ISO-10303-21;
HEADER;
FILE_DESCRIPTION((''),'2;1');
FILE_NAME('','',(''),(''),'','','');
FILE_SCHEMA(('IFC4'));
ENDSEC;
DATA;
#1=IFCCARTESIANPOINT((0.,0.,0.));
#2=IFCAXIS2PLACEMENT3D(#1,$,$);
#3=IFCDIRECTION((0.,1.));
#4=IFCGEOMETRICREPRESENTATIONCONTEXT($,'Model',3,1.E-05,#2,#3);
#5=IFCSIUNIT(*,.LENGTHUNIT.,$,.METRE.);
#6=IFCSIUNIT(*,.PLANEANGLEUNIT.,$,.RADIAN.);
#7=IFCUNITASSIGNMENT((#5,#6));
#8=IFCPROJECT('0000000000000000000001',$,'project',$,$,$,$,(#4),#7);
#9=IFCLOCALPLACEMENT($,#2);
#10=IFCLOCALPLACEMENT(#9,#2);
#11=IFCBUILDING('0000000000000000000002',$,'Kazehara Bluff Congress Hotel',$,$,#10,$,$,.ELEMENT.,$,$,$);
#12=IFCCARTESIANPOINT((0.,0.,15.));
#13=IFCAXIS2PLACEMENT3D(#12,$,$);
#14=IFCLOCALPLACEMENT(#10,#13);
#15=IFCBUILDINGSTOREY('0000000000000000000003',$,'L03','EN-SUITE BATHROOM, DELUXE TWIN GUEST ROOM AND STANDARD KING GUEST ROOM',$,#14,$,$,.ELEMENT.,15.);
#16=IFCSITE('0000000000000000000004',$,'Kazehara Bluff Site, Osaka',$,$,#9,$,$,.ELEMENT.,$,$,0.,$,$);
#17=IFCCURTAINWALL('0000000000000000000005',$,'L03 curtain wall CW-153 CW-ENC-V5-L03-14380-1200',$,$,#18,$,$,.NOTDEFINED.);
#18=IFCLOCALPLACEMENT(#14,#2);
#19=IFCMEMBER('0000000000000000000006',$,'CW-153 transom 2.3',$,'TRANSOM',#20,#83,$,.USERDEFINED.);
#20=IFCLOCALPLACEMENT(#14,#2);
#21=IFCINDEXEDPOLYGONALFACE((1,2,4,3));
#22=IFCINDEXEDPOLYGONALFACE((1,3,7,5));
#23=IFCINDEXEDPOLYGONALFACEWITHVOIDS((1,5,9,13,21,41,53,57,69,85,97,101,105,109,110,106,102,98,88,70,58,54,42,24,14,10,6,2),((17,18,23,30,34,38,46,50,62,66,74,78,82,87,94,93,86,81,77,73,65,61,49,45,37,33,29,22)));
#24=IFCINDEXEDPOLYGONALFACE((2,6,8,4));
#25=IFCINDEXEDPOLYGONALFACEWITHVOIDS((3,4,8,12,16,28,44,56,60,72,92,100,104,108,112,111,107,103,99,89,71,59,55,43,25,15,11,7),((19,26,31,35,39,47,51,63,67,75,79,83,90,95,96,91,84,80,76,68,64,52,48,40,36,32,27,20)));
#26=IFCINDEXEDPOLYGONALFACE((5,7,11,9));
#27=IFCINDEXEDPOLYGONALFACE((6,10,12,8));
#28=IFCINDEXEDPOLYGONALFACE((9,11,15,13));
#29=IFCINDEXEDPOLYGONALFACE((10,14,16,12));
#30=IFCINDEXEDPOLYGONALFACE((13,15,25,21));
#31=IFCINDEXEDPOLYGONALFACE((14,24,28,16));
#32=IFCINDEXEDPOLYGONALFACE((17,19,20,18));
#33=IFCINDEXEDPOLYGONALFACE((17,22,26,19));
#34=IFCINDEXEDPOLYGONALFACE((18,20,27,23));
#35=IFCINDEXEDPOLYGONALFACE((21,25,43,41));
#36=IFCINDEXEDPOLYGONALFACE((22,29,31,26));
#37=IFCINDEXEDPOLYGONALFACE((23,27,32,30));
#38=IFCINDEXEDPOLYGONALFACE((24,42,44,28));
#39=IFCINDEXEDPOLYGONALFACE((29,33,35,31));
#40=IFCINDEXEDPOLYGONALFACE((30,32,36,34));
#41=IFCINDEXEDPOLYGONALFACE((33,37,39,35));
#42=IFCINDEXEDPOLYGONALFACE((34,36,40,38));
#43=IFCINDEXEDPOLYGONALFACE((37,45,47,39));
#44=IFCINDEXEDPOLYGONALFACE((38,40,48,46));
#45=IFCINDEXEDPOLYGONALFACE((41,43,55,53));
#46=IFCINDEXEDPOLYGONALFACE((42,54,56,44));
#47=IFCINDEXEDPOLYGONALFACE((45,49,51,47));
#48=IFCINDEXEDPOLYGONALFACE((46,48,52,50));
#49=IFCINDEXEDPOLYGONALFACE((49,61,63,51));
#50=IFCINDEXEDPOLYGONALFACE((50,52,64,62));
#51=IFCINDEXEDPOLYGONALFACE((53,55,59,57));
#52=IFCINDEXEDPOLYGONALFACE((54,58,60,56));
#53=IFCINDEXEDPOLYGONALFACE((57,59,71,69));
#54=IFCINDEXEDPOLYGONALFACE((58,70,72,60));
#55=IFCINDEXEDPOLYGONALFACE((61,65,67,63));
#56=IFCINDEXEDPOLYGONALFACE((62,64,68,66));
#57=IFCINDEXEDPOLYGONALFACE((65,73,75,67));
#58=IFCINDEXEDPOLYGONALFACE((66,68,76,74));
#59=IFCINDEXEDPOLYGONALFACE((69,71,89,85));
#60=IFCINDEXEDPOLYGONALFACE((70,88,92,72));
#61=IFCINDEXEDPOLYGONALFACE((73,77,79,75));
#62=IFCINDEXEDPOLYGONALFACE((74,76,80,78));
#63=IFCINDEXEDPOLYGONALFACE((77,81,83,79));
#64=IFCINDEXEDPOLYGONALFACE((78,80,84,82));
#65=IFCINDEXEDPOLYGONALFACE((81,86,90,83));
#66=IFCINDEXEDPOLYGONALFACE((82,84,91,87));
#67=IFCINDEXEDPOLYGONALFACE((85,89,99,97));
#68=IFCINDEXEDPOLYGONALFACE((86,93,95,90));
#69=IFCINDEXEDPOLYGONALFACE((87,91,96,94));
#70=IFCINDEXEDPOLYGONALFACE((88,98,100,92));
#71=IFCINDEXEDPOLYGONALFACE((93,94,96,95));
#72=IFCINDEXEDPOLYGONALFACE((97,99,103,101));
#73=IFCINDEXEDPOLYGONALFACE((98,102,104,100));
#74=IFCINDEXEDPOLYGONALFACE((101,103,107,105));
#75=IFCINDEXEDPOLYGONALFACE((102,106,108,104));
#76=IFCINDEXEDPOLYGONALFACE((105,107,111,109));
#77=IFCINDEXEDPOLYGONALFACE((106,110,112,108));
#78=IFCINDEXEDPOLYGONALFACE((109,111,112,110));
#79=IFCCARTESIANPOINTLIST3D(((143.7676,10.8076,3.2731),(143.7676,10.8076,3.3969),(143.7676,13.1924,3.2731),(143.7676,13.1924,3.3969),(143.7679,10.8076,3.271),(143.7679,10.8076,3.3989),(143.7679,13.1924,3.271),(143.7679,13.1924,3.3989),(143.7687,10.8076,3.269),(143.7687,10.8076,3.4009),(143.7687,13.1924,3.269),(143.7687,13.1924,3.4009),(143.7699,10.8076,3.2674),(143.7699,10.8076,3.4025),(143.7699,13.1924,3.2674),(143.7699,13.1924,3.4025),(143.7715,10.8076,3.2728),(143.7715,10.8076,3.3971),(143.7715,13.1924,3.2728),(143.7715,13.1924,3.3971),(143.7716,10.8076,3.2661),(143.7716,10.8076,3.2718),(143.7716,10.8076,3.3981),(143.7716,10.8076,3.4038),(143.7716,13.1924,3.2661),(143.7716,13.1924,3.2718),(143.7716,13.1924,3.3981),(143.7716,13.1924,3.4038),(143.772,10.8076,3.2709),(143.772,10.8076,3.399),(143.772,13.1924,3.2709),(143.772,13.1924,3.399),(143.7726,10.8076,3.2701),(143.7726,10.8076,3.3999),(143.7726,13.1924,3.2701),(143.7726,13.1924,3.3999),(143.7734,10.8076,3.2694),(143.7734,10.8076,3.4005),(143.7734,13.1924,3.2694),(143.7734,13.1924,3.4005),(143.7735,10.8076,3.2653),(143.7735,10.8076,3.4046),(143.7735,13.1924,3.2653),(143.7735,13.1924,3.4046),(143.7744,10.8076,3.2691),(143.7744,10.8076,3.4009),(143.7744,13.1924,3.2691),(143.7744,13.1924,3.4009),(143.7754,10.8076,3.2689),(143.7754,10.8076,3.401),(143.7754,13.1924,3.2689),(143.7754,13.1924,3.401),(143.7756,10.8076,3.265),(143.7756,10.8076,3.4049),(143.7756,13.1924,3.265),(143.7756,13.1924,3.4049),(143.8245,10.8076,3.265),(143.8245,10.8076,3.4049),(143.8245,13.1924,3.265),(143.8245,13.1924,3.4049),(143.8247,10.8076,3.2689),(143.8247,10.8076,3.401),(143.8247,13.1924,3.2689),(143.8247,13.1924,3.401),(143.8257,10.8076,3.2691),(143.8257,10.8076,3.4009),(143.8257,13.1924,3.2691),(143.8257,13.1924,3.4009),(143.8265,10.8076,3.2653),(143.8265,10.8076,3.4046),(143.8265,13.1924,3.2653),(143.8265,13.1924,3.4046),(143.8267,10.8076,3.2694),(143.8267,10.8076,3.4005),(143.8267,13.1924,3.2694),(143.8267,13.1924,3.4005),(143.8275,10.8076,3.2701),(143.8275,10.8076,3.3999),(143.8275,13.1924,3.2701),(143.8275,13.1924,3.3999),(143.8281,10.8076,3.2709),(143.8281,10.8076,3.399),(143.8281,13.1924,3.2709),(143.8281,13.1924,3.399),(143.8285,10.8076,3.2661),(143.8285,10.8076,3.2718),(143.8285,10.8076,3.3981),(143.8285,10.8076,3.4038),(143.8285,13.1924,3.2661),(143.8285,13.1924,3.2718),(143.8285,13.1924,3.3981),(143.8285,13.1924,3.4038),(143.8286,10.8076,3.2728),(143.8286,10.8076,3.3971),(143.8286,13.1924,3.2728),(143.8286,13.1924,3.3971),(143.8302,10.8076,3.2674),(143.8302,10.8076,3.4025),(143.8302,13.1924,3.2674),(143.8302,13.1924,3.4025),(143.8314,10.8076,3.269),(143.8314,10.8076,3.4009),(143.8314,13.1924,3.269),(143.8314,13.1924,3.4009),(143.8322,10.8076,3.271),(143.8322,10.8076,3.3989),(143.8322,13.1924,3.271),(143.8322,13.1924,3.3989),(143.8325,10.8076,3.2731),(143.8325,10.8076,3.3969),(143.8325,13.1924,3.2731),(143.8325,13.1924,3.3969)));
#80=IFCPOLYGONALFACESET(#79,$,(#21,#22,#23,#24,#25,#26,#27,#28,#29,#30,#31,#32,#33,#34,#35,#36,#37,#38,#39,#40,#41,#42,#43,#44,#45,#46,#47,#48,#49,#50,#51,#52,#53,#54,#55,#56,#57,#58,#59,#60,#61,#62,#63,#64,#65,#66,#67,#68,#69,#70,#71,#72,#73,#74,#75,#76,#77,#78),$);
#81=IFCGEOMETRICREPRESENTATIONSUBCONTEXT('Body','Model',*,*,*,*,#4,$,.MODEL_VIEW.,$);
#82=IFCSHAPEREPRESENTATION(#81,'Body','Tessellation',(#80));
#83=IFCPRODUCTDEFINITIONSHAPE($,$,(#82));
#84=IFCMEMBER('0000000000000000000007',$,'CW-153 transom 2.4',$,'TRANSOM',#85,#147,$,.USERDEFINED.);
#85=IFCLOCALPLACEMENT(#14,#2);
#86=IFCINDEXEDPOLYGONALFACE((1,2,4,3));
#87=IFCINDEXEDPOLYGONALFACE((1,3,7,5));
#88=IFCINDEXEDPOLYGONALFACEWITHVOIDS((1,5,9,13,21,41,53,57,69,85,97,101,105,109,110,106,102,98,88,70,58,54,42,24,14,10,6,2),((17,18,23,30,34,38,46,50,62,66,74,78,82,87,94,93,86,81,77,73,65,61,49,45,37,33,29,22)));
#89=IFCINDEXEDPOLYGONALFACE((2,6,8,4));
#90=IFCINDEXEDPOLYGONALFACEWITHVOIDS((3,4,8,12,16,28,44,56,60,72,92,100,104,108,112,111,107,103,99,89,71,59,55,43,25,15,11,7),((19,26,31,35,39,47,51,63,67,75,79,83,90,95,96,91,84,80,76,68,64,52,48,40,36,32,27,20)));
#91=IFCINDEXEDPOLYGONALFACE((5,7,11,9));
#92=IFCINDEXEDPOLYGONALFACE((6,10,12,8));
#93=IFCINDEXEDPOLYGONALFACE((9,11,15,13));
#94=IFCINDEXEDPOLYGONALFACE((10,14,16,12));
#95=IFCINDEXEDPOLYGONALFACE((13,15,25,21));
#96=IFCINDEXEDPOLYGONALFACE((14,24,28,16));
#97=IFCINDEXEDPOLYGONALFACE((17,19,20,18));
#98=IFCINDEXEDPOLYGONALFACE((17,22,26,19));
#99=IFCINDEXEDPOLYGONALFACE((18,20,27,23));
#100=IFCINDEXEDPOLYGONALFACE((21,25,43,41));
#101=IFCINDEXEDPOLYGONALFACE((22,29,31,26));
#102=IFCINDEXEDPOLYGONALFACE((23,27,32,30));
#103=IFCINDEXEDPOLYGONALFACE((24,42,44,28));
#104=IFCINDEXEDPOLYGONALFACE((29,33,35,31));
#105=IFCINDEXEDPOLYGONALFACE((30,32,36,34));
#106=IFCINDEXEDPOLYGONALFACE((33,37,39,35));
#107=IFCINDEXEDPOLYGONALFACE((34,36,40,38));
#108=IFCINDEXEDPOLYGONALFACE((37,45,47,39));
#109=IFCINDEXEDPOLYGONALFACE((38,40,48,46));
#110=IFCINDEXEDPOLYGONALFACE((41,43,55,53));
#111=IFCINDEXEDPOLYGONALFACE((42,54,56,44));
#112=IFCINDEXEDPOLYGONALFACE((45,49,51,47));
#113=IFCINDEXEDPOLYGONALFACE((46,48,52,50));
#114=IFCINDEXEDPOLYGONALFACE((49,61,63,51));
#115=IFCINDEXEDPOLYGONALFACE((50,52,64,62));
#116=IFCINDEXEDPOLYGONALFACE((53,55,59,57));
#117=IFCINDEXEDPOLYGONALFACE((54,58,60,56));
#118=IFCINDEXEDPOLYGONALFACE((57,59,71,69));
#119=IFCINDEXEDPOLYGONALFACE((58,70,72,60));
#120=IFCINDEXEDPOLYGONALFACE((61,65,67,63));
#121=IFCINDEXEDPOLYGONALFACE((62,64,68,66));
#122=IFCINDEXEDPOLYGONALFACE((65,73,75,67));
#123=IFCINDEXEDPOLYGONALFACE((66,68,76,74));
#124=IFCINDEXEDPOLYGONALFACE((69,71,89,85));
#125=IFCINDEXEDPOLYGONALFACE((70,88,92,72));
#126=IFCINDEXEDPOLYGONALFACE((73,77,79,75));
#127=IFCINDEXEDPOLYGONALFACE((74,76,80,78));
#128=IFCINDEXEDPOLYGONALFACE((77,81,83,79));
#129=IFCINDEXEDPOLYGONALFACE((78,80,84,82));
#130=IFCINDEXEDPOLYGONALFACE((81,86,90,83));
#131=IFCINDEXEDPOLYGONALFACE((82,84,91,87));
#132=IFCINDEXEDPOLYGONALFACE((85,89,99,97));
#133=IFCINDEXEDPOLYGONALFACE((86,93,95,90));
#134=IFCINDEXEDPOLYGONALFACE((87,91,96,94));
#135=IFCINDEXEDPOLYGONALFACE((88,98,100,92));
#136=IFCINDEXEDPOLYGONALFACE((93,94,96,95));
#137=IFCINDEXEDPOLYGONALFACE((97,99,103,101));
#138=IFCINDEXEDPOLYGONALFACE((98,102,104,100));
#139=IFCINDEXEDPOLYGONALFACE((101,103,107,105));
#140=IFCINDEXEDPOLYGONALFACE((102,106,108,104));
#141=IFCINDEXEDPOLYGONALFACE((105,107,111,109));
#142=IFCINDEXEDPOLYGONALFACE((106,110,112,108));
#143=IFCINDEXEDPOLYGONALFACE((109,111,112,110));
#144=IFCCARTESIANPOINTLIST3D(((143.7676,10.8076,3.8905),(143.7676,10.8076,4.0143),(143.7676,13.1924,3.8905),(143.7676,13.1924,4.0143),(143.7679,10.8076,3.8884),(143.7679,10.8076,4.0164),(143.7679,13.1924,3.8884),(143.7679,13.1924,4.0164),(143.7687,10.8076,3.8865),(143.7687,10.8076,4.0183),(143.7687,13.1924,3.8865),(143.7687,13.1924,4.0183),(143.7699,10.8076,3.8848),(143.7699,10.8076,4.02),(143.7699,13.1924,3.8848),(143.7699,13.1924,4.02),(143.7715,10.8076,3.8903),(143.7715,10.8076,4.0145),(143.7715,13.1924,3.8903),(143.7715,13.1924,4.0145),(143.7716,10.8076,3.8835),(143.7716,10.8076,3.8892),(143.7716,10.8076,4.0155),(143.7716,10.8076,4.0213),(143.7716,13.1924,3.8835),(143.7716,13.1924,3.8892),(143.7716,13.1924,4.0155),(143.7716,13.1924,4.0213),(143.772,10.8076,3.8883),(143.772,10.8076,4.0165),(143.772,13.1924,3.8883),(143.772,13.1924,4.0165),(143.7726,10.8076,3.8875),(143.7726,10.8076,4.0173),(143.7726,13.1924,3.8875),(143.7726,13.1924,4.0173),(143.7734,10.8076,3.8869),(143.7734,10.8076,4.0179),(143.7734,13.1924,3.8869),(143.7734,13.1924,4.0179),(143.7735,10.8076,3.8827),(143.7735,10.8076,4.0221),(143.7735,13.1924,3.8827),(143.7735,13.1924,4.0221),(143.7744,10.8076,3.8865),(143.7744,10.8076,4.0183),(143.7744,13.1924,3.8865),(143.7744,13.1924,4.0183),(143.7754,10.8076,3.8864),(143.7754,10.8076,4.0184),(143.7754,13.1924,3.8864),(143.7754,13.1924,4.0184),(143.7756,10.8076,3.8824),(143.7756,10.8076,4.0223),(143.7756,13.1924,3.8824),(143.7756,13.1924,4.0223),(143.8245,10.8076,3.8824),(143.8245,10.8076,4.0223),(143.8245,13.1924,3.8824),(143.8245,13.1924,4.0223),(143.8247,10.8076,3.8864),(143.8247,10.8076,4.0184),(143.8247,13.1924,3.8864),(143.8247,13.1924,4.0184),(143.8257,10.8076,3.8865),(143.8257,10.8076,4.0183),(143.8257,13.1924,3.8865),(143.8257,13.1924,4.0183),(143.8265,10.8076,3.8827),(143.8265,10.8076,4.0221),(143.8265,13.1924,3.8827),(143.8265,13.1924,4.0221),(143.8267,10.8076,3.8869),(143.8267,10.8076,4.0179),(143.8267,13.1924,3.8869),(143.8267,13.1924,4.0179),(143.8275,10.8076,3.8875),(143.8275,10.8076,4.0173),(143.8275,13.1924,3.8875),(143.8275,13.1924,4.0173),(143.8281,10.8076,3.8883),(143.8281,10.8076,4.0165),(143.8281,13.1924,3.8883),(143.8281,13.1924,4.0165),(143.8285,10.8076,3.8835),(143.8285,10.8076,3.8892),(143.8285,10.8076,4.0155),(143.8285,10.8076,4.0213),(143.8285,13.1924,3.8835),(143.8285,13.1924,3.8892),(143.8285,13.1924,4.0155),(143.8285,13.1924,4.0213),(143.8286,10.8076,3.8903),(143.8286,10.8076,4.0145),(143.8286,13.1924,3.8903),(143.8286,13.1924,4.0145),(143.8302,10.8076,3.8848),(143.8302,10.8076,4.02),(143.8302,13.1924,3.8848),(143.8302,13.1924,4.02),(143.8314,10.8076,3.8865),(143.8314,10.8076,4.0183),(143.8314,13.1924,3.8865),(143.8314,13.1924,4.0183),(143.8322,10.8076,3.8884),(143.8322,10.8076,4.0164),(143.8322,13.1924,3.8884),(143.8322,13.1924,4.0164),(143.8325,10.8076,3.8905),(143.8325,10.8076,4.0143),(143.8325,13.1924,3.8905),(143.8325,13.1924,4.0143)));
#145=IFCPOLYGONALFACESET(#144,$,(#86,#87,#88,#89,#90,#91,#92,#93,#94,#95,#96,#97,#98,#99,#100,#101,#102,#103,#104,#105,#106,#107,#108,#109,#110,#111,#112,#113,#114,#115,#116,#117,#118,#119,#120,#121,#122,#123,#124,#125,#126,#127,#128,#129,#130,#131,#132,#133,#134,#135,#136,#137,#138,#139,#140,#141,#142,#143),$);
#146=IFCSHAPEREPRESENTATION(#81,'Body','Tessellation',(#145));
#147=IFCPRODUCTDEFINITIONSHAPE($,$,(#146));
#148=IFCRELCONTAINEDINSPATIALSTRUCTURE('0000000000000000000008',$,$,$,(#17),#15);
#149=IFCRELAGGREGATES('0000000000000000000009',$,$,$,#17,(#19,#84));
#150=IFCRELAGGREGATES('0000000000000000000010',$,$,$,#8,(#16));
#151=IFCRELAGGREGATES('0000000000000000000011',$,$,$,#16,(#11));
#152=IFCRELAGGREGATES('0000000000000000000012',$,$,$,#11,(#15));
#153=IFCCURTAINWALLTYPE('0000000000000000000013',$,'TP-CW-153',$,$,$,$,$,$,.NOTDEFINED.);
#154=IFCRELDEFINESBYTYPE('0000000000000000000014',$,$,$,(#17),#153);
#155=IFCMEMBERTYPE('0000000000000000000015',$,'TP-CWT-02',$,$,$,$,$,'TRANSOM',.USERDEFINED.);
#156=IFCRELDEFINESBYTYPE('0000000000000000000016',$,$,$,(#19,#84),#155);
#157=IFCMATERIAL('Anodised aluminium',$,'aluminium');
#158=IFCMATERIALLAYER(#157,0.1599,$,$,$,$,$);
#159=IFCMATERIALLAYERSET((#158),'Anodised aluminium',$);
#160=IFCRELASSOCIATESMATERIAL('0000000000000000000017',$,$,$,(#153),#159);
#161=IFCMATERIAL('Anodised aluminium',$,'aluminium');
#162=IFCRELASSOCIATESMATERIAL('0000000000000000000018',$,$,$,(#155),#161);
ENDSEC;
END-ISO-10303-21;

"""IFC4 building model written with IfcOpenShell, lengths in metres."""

from ifc_helpers import new_model, si_unit, direction, frame, origin, origin_2d, place, context, subcontext, project, spatial, hollow_rectangle, extrude, material, layer, layer_set, material_profile, profile_set, type_object, element, aggregate, save


model = new_model("IFC4")

# Units and contexts
model_context = context("Model", 3, precision=1e-05, world=origin(), true_north=direction((0.0, 1.0)))
body_context = subcontext(model_context, "Body", "Model", "MODEL_VIEW")
ifc_project = project(units=[si_unit("LENGTHUNIT", "METRE"), si_unit("PLANEANGLEUNIT", "RADIAN")], contexts=[model_context])

# Site, building, storey
site_placement = place(None, origin())
site = spatial("IfcSite", under=ifc_project, at=site_placement, Name="Kazehara Bluff Site, Osaka", CompositionType="ELEMENT", RefElevation=0.0)
building_placement = place(site_placement, origin())
building = spatial("IfcBuilding", under=site, at=building_placement, Name="Kazehara Bluff Congress Hotel", CompositionType="ELEMENT")
storey_placement = place(building_placement, frame((0.0, 0.0, 15.0)))
storey = spatial("IfcBuildingStorey", under=building, at=storey_placement, Name="L03", Description="EN-SUITE BATHROOM, DELUXE TWIN GUEST ROOM AND STANDARD KING GUEST ROOM", CompositionType="ELEMENT", Elevation=15.0)

# Curtain wall, members
ifc_material_1 = material(Name="Anodised aluminium", Category="aluminium")
ifc_layer_1 = layer(ifc_material_1, 0.1599)
ifc_layer_set_1 = layer_set([ifc_layer_1], Name="Anodised aluminium")
curtain_wall_type_1 = type_object("IfcCurtainWallType", Name="TP-CW-153", PredefinedType="NOTDEFINED", material=ifc_layer_set_1)
curtain_wall_1_placement = place(storey_placement, origin())
curtain_wall_1 = element("IfcCurtainWall", 1, at=curtain_wall_1_placement, inside=storey, type_object=curtain_wall_type_1, Name="L03 curtain wall CW-153 CW-ENC-V5-L03-14380-1200", PredefinedType="NOTDEFINED")
ifc_material_2 = material(Name="Anodised aluminium", Category="aluminium")
ifc_material_profile_1 = material_profile(ifc_material_2, hollow_rectangle(XDim=0.0649, YDim=0.1399, WallThickness=0.0039, InnerFilletRadius=0.0039, OuterFilletRadius=0.0081, at=origin_2d()))
ifc_profile_set_1 = profile_set([ifc_material_profile_1], Name="Anodised aluminium")
member_type_1 = type_object("IfcMemberType", Name="TP-CWT-02", ElementType="TRANSOM", PredefinedType="USERDEFINED", material=ifc_profile_set_1)
member_1_placement = place(storey_placement, frame((143.8, 10.8076, 3.335), z_axis=(0.0, 1.0, 0.0), x_axis=(-1.0, 0.0, 0.0)))
member_1 = element("IfcMember", 2, at=member_1_placement, type_object=member_type_1, Name="CW-153 transom 2.3", ObjectType="TRANSOM", PredefinedType="USERDEFINED", context=body_context, shape_type="SweptSolid", body=[
    extrude(hollow_rectangle(XDim=0.0649, YDim=0.1399, WallThickness=0.0039, InnerFilletRadius=0.0039, OuterFilletRadius=0.0081, at=origin_2d()), origin(), (0.0, 0.0, 1.0), 2.3848),
])
member_2_placement = place(storey_placement, frame((143.8, 10.8076, 3.9524), z_axis=(0.0, 1.0, 0.0), x_axis=(-1.0, 0.0, 0.0)))
member_2 = element("IfcMember", 3, at=member_2_placement, type_object=member_type_1, Name="CW-153 transom 2.4", ObjectType="TRANSOM", PredefinedType="USERDEFINED", context=body_context, shape_type="SweptSolid", body=[
    extrude(hollow_rectangle(XDim=0.0649, YDim=0.1399, WallThickness=0.0039, InnerFilletRadius=0.0039, OuterFilletRadius=0.0081, at=origin_2d()), origin(), (0.0, 0.0, 1.0), 2.3848),
])

aggregate(curtain_wall_1, [member_1, member_2])

save(model, "model.ifc")
